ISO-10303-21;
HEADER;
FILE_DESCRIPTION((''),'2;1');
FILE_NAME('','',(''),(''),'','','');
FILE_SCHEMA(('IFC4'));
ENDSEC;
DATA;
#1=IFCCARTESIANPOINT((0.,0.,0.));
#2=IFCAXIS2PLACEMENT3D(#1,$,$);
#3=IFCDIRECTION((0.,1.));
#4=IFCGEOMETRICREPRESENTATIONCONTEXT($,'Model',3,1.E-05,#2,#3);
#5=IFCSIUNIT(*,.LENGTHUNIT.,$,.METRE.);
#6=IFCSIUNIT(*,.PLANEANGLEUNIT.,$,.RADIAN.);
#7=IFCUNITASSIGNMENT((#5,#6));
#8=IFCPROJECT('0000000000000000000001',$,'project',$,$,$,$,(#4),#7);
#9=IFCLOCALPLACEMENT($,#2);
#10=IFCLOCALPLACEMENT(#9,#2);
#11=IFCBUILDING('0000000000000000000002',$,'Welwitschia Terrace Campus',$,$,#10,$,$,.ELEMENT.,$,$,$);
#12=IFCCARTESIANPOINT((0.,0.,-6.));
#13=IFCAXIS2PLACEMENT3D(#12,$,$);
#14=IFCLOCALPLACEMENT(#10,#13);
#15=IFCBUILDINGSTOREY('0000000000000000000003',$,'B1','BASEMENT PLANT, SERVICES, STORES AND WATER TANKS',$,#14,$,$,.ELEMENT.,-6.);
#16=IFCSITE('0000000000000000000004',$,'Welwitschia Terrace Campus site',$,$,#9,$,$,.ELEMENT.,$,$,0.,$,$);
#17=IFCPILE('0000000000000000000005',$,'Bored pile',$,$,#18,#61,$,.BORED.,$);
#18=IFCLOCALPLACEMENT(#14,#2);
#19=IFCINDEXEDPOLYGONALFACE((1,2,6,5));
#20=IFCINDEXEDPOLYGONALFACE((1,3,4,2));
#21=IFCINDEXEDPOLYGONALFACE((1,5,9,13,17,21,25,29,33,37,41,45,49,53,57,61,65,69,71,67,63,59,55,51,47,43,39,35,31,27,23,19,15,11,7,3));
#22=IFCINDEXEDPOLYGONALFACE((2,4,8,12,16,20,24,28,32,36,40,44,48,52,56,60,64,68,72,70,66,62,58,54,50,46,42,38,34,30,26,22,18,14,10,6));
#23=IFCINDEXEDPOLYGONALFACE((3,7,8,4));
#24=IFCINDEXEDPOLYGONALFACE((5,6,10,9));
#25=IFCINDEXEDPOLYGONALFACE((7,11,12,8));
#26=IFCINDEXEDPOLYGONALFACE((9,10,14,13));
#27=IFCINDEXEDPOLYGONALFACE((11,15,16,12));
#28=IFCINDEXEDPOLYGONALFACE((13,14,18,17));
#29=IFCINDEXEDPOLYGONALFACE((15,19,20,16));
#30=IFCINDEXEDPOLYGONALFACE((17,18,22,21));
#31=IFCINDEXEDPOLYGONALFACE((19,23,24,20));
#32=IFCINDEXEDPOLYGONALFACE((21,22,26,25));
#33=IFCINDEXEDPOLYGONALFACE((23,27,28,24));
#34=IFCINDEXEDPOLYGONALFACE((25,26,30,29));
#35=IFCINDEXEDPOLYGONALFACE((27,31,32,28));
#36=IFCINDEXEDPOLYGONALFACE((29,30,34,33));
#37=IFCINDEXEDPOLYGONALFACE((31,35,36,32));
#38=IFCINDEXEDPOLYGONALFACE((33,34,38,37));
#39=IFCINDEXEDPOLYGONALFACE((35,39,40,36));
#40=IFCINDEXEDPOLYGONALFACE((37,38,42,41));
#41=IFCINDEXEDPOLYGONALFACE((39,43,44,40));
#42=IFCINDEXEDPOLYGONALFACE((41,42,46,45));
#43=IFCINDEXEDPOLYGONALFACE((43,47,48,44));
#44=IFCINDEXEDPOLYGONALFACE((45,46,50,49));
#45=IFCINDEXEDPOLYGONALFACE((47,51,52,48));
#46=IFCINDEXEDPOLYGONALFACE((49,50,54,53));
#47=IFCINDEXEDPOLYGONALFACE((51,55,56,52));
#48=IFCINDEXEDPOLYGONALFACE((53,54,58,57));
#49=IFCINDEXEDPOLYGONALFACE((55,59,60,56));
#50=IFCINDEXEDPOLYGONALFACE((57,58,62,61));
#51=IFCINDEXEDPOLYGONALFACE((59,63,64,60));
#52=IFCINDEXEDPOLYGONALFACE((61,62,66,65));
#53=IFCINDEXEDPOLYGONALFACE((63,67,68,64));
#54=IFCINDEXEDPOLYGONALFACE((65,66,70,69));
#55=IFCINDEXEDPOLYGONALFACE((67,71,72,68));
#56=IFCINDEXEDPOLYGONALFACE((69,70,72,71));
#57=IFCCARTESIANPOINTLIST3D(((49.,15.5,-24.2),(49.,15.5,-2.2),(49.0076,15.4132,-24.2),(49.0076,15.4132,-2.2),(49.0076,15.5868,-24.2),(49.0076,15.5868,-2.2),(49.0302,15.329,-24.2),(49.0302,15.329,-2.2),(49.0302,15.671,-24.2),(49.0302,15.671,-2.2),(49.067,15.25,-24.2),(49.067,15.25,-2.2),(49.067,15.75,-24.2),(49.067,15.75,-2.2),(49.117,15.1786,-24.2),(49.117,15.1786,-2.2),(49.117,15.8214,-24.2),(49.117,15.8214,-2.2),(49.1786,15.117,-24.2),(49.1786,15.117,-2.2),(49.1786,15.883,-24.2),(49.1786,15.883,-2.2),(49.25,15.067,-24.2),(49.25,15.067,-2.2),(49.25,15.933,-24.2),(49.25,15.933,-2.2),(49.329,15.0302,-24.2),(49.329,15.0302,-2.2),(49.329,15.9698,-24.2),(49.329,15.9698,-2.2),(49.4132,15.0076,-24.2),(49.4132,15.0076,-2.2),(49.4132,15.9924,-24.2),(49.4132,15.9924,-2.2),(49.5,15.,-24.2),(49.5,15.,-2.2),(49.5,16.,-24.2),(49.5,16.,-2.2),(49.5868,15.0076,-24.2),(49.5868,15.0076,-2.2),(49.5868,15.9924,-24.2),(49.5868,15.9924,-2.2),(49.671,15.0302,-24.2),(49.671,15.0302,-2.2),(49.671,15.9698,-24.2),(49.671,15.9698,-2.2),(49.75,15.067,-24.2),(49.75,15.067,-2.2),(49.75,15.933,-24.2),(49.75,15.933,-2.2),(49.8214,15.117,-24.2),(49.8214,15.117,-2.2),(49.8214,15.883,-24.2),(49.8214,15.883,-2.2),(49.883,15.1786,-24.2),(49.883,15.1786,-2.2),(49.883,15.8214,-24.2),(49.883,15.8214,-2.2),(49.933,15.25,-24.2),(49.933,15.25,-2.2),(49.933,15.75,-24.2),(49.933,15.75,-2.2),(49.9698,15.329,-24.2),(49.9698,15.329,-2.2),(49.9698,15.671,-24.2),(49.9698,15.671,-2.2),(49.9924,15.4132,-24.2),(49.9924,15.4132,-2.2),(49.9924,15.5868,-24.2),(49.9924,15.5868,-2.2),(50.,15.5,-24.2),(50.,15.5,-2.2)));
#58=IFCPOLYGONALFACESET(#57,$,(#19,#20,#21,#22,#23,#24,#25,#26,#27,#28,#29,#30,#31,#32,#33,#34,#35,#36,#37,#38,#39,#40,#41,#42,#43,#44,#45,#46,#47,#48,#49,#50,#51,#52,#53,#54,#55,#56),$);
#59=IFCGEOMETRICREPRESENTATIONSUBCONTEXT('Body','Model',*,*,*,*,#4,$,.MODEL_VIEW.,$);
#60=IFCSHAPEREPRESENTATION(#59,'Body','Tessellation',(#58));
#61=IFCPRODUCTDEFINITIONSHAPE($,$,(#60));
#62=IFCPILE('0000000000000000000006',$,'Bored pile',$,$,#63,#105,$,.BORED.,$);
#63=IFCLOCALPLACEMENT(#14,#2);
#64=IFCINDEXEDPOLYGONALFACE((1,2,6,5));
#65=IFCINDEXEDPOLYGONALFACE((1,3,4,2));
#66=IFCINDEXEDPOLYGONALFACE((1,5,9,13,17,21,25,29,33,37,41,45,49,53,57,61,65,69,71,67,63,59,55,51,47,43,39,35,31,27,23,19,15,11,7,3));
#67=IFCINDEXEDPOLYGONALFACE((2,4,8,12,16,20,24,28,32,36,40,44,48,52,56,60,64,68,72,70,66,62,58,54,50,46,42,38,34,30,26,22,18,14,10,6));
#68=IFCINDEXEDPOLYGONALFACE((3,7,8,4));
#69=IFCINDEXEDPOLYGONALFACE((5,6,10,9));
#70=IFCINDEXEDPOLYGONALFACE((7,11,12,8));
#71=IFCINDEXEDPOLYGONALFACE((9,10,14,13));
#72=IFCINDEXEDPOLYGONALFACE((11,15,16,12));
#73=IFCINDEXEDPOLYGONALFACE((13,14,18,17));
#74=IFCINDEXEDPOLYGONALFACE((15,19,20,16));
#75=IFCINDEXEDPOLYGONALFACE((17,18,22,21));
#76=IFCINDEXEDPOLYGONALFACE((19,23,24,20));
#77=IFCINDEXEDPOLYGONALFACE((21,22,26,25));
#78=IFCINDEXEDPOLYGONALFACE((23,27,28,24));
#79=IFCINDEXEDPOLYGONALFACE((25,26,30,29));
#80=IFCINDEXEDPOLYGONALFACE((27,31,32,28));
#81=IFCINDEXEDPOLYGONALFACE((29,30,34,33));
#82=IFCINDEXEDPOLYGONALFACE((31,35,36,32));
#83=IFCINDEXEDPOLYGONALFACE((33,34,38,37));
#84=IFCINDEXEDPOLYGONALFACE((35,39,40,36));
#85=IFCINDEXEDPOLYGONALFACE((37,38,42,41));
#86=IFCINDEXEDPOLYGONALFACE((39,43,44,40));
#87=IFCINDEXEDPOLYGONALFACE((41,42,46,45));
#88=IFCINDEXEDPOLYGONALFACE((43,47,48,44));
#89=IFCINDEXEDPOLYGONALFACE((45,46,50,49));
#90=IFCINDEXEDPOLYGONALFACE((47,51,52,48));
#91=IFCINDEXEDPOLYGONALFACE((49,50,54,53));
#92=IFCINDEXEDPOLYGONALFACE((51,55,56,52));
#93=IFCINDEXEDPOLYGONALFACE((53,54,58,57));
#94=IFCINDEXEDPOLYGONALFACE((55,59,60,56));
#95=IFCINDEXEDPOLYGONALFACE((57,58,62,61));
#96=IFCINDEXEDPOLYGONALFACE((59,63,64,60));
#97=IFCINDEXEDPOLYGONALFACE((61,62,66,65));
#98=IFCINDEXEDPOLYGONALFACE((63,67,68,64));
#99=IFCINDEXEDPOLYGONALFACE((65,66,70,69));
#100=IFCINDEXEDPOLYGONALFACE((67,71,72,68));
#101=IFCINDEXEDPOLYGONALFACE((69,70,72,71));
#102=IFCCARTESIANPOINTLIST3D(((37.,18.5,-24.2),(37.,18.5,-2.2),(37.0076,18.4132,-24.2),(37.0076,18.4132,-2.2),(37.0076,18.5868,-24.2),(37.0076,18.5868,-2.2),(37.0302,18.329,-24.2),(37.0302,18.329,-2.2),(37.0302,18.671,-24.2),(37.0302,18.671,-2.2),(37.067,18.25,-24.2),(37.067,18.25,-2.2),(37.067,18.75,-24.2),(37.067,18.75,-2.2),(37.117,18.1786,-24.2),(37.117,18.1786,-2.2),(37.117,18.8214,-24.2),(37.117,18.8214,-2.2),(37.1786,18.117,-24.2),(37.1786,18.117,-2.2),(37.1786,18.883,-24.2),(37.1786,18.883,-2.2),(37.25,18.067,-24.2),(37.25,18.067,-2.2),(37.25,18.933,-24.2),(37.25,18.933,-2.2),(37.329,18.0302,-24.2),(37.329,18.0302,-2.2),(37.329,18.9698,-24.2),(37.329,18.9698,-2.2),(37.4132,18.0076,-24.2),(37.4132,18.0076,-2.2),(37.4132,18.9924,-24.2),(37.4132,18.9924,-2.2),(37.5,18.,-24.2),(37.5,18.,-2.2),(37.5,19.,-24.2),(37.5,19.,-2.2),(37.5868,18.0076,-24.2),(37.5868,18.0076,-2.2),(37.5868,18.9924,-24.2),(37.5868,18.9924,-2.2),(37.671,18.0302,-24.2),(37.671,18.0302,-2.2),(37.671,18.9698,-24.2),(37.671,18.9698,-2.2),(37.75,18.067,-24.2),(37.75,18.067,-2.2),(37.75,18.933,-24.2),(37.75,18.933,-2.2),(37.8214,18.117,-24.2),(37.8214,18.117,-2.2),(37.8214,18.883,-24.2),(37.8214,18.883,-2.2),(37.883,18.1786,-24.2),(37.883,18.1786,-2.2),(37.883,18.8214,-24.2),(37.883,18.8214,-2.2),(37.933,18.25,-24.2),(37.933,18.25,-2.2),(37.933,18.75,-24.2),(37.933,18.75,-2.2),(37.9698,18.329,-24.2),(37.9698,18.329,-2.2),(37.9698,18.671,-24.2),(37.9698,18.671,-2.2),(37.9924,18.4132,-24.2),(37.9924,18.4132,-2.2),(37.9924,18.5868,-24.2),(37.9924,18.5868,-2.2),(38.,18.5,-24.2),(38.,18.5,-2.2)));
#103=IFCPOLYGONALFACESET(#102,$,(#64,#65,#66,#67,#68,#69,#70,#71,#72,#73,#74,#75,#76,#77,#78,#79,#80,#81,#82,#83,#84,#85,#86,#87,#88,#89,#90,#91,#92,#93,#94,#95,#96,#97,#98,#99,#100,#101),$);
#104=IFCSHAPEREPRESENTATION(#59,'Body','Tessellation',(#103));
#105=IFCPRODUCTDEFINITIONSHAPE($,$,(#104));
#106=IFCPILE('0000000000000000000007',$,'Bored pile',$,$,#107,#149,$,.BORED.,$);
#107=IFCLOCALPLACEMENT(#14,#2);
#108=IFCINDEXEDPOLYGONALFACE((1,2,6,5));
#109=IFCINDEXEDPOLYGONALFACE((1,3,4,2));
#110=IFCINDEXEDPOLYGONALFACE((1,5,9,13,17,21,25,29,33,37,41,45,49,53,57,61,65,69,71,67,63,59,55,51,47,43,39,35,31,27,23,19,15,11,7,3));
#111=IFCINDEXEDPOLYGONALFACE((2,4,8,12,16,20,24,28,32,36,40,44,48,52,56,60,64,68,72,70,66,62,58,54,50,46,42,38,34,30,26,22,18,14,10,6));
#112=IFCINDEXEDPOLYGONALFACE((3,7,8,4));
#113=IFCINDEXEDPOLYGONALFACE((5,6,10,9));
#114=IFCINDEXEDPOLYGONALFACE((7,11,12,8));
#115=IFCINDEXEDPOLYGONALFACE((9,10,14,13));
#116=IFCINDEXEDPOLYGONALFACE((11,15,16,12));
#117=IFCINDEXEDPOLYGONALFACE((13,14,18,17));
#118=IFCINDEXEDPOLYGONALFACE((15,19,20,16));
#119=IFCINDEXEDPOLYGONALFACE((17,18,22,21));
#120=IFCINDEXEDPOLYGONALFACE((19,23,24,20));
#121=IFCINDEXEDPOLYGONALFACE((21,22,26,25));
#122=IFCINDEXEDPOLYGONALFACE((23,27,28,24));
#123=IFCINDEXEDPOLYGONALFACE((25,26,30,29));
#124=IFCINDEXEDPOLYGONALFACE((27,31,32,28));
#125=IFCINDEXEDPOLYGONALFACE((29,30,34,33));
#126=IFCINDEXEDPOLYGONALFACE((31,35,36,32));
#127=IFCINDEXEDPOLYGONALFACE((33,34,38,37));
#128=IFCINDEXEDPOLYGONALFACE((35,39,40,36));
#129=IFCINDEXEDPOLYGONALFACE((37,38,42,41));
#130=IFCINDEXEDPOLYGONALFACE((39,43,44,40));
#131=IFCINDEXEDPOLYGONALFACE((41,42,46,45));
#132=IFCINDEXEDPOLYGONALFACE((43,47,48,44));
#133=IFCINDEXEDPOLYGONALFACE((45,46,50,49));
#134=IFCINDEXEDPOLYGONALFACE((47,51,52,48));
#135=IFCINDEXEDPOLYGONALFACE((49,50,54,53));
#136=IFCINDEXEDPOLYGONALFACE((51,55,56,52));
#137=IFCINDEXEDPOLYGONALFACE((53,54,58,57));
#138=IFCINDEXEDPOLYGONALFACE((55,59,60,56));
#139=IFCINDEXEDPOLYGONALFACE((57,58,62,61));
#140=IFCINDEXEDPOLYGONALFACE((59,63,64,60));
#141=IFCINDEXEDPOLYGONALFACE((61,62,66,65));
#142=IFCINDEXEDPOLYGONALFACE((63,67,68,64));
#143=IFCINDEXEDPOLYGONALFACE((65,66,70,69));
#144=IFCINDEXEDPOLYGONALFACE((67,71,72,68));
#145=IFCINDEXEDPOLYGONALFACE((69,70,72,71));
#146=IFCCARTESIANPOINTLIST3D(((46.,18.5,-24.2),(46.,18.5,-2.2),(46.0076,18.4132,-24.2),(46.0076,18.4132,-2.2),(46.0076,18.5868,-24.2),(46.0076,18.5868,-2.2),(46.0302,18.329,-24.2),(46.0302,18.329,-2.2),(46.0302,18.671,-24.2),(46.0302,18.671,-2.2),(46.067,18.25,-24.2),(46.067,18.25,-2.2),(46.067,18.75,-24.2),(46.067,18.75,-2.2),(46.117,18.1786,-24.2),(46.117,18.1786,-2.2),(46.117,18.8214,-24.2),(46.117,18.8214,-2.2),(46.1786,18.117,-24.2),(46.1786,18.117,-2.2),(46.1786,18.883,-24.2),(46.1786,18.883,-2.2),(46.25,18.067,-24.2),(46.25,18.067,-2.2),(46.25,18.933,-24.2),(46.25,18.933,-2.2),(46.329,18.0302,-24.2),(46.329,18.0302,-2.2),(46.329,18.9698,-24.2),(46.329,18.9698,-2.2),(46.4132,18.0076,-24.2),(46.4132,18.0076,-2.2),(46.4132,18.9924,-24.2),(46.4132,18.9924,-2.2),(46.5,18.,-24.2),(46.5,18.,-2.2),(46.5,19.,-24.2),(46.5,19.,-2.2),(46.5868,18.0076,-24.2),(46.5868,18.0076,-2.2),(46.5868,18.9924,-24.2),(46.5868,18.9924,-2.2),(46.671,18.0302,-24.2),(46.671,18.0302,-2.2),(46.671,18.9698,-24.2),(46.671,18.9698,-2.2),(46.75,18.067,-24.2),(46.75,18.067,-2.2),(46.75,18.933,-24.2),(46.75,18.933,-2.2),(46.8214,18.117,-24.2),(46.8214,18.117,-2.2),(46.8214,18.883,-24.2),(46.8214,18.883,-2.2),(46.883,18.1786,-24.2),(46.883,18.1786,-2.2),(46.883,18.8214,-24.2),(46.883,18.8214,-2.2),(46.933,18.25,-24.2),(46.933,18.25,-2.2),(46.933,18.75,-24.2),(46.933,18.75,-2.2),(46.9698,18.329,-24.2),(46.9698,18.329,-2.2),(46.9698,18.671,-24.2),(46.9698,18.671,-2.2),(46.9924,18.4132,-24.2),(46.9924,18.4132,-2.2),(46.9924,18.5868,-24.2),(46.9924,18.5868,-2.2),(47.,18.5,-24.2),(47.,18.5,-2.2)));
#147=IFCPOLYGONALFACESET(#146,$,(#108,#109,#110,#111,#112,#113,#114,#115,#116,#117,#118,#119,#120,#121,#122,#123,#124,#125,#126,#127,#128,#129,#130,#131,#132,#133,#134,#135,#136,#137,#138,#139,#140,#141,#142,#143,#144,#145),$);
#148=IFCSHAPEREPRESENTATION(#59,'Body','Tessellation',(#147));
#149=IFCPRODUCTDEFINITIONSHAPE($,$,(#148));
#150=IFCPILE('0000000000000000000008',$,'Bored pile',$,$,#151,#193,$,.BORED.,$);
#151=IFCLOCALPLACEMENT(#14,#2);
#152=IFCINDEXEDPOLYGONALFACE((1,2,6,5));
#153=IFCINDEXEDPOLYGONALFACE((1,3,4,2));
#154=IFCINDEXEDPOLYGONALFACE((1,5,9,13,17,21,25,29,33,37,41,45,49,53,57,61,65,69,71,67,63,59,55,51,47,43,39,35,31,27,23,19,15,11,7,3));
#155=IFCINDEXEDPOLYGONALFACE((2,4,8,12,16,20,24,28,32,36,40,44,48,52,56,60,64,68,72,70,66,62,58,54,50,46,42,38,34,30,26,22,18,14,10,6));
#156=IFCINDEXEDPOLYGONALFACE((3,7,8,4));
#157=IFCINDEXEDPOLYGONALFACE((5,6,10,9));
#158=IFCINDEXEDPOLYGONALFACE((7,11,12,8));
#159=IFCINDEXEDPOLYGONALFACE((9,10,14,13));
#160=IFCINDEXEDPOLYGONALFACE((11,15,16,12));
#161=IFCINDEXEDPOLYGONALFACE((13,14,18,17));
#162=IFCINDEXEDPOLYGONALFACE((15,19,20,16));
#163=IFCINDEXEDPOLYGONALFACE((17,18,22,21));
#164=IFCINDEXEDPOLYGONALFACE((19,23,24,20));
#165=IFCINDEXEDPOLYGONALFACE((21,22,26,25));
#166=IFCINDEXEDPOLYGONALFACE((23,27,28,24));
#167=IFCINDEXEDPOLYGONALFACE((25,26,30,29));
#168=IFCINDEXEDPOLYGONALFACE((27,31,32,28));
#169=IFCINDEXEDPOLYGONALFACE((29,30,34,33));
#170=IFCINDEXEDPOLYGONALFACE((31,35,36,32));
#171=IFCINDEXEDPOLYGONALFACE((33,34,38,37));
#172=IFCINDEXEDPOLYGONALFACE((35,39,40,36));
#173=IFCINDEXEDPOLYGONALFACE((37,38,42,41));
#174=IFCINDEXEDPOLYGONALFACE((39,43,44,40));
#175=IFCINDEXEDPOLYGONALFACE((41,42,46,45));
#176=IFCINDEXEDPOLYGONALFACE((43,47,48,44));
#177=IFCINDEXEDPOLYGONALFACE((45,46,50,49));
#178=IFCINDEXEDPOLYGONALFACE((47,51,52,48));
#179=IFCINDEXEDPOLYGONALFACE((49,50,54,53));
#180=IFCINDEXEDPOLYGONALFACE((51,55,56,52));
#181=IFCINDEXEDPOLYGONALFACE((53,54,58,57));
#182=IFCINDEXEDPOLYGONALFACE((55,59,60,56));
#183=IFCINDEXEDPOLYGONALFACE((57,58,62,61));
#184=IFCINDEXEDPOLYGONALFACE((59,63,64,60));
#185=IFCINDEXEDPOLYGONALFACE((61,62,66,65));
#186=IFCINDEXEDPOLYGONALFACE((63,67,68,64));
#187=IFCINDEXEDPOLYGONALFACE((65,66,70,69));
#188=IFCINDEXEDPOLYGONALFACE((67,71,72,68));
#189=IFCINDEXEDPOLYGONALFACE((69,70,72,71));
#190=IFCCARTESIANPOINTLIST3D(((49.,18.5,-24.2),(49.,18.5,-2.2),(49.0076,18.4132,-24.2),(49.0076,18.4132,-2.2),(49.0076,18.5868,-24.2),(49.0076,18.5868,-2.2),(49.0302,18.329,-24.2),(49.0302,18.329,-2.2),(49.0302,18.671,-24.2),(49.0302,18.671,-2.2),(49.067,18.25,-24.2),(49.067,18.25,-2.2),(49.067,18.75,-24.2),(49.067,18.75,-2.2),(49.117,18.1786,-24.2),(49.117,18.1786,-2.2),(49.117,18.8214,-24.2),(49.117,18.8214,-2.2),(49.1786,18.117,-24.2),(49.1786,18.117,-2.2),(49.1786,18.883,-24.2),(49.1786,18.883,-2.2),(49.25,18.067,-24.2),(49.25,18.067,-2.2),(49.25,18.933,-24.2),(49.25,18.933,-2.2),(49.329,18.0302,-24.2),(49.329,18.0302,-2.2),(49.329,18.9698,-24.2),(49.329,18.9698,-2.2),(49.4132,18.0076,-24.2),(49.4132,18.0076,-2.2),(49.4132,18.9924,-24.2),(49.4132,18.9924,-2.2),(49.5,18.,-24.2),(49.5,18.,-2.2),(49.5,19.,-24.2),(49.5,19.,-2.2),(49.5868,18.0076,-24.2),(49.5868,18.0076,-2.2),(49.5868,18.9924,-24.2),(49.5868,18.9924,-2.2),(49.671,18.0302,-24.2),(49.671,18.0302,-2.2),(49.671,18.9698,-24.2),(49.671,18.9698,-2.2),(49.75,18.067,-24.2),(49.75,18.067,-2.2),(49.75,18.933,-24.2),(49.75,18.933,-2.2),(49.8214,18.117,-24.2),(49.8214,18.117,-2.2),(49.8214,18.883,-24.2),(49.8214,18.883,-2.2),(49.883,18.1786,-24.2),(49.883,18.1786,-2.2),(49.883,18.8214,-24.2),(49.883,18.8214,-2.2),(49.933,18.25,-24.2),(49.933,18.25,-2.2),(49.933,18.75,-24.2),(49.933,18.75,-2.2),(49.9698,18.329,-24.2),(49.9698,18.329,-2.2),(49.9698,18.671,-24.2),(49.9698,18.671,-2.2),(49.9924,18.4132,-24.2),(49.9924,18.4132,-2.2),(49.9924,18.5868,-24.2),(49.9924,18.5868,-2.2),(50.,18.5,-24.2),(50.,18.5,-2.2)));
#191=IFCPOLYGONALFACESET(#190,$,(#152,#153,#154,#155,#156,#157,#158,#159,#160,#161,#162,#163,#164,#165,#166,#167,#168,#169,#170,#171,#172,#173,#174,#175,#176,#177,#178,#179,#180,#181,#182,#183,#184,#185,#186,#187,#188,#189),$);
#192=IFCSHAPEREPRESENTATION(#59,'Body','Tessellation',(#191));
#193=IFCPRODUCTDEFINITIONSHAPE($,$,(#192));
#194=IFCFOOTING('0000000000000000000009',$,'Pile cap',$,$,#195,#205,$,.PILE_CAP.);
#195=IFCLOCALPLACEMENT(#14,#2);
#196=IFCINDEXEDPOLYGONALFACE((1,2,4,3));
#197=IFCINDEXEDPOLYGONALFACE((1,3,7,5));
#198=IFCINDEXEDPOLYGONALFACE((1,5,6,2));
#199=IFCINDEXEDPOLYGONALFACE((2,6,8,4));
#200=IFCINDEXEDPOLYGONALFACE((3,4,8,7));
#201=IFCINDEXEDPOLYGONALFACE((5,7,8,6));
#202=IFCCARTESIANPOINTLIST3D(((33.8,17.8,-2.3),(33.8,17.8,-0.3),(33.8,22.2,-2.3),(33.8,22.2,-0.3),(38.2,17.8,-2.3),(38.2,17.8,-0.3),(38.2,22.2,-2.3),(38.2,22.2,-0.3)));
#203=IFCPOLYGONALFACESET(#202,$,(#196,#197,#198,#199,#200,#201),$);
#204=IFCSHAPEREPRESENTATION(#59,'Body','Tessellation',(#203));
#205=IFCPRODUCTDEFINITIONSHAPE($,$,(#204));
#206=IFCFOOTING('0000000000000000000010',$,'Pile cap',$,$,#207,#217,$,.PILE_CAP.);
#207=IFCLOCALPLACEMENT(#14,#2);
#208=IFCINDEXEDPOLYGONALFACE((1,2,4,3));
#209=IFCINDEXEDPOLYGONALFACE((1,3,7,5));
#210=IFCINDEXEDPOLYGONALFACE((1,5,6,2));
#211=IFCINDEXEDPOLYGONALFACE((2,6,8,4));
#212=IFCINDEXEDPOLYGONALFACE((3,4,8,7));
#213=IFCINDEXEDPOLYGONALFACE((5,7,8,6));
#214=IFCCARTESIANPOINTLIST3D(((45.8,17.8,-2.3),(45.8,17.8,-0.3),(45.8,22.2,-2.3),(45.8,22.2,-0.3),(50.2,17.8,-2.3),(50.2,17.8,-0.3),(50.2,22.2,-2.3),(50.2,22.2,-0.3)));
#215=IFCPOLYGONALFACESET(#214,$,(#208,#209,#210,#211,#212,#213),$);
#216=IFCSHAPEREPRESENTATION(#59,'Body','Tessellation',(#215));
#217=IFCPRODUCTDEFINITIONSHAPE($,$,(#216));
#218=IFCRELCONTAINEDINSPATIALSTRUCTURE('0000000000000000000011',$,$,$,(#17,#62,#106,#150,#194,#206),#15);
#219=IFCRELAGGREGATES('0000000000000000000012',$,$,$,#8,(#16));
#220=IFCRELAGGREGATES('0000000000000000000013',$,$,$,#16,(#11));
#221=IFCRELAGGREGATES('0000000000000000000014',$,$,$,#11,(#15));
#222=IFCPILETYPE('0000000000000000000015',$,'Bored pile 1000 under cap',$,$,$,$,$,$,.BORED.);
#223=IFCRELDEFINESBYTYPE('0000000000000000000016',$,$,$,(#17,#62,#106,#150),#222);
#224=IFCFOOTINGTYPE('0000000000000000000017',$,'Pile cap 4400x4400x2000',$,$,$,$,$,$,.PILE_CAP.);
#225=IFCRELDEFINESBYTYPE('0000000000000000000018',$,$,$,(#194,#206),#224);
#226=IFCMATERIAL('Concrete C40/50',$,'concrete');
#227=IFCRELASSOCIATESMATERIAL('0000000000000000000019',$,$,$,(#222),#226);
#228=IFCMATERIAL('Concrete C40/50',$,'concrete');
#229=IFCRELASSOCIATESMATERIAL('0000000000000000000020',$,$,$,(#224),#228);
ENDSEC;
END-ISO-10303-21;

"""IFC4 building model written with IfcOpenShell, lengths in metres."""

from ifc_helpers import new_model, si_unit, direction, frame, origin, origin_2d, place, context, subcontext, project, spatial, rectangle, circle, extrude, material, type_object, element, save


model = new_model("IFC4")

# Units and contexts
model_context = context("Model", 3, precision=1e-05, world=origin(), true_north=direction((0.0, 1.0)))
body_context = subcontext(model_context, "Body", "Model", "MODEL_VIEW")
ifc_project = project(units=[si_unit("LENGTHUNIT", "METRE"), si_unit("PLANEANGLEUNIT", "RADIAN")], contexts=[model_context])

# Site, building, storey
site_placement = place(None, origin())
site = spatial("IfcSite", under=ifc_project, at=site_placement, Name="Welwitschia Terrace Campus site", CompositionType="ELEMENT", RefElevation=0.0)
building_placement = place(site_placement, origin())
building = spatial("IfcBuilding", under=site, at=building_placement, Name="Welwitschia Terrace Campus", CompositionType="ELEMENT")
storey_placement = place(building_placement, frame((0.0, 0.0, -6.0)))
storey = spatial("IfcBuildingStorey", under=building, at=storey_placement, Name="B1", Description="BASEMENT PLANT, SERVICES, STORES AND WATER TANKS", CompositionType="ELEMENT", Elevation=-6.0)

# Piles
ifc_material_1 = material(Name="Concrete C40/50", Category="concrete")
pile_type = type_object("IfcPileType", Name="Bored pile 1000 under cap", PredefinedType="BORED", material=ifc_material_1)
for number, where, z_axis, x_axis, name in (
    (1, (49.5, 15.5, -2.2), (0.0, 0.0, -1.0), (1.0, 0.0, 0.0), "Bored pile"),
    (2, (37.5, 18.5, -2.2), (0.0, 0.0, -1.0), (1.0, 0.0, 0.0), "Bored pile"),
    (3, (46.5, 18.5, -2.2), (0.0, 0.0, -1.0), (1.0, 0.0, 0.0), "Bored pile"),
    (4, (49.5, 18.5, -2.2), (0.0, 0.0, -1.0), (1.0, 0.0, 0.0), "Bored pile"),
):
    element("IfcPile", number, at=place(storey_placement, frame(where, z_axis=z_axis, x_axis=x_axis)), inside=storey, type_object=pile_type, Name=name, PredefinedType="BORED", context=body_context, shape_type="SweptSolid", body=[
        extrude(circle(Radius=0.5, at=origin_2d()), origin(), (0.0, 0.0, 1.0), 22.0),
    ])

# Footings
ifc_material_2 = material(Name="Concrete C40/50", Category="concrete")
footing_type_1 = type_object("IfcFootingType", Name="Pile cap 4400x4400x2000", PredefinedType="PILE_CAP", material=ifc_material_2)
for number, where, z_axis, x_axis, name in (
    (5, (36.0, 20.0, -2.3), (0.0, 0.0, 1.0), (1.0, 0.0, 0.0), "Pile cap"),
    (6, (48.0, 20.0, -2.3), (0.0, 0.0, 1.0), (1.0, 0.0, 0.0), "Pile cap"),
):
    element("IfcFooting", number, at=place(storey_placement, frame(where, z_axis=z_axis, x_axis=x_axis)), inside=storey, type_object=footing_type_1, Name=name, PredefinedType="PILE_CAP", context=body_context, shape_type="SweptSolid", body=[
        extrude(rectangle(XDim=4.3999, YDim=4.3999, at=origin_2d()), origin(), (0.0, 0.0, 1.0), 2.0),
    ])

save(model, "model.ifc")
